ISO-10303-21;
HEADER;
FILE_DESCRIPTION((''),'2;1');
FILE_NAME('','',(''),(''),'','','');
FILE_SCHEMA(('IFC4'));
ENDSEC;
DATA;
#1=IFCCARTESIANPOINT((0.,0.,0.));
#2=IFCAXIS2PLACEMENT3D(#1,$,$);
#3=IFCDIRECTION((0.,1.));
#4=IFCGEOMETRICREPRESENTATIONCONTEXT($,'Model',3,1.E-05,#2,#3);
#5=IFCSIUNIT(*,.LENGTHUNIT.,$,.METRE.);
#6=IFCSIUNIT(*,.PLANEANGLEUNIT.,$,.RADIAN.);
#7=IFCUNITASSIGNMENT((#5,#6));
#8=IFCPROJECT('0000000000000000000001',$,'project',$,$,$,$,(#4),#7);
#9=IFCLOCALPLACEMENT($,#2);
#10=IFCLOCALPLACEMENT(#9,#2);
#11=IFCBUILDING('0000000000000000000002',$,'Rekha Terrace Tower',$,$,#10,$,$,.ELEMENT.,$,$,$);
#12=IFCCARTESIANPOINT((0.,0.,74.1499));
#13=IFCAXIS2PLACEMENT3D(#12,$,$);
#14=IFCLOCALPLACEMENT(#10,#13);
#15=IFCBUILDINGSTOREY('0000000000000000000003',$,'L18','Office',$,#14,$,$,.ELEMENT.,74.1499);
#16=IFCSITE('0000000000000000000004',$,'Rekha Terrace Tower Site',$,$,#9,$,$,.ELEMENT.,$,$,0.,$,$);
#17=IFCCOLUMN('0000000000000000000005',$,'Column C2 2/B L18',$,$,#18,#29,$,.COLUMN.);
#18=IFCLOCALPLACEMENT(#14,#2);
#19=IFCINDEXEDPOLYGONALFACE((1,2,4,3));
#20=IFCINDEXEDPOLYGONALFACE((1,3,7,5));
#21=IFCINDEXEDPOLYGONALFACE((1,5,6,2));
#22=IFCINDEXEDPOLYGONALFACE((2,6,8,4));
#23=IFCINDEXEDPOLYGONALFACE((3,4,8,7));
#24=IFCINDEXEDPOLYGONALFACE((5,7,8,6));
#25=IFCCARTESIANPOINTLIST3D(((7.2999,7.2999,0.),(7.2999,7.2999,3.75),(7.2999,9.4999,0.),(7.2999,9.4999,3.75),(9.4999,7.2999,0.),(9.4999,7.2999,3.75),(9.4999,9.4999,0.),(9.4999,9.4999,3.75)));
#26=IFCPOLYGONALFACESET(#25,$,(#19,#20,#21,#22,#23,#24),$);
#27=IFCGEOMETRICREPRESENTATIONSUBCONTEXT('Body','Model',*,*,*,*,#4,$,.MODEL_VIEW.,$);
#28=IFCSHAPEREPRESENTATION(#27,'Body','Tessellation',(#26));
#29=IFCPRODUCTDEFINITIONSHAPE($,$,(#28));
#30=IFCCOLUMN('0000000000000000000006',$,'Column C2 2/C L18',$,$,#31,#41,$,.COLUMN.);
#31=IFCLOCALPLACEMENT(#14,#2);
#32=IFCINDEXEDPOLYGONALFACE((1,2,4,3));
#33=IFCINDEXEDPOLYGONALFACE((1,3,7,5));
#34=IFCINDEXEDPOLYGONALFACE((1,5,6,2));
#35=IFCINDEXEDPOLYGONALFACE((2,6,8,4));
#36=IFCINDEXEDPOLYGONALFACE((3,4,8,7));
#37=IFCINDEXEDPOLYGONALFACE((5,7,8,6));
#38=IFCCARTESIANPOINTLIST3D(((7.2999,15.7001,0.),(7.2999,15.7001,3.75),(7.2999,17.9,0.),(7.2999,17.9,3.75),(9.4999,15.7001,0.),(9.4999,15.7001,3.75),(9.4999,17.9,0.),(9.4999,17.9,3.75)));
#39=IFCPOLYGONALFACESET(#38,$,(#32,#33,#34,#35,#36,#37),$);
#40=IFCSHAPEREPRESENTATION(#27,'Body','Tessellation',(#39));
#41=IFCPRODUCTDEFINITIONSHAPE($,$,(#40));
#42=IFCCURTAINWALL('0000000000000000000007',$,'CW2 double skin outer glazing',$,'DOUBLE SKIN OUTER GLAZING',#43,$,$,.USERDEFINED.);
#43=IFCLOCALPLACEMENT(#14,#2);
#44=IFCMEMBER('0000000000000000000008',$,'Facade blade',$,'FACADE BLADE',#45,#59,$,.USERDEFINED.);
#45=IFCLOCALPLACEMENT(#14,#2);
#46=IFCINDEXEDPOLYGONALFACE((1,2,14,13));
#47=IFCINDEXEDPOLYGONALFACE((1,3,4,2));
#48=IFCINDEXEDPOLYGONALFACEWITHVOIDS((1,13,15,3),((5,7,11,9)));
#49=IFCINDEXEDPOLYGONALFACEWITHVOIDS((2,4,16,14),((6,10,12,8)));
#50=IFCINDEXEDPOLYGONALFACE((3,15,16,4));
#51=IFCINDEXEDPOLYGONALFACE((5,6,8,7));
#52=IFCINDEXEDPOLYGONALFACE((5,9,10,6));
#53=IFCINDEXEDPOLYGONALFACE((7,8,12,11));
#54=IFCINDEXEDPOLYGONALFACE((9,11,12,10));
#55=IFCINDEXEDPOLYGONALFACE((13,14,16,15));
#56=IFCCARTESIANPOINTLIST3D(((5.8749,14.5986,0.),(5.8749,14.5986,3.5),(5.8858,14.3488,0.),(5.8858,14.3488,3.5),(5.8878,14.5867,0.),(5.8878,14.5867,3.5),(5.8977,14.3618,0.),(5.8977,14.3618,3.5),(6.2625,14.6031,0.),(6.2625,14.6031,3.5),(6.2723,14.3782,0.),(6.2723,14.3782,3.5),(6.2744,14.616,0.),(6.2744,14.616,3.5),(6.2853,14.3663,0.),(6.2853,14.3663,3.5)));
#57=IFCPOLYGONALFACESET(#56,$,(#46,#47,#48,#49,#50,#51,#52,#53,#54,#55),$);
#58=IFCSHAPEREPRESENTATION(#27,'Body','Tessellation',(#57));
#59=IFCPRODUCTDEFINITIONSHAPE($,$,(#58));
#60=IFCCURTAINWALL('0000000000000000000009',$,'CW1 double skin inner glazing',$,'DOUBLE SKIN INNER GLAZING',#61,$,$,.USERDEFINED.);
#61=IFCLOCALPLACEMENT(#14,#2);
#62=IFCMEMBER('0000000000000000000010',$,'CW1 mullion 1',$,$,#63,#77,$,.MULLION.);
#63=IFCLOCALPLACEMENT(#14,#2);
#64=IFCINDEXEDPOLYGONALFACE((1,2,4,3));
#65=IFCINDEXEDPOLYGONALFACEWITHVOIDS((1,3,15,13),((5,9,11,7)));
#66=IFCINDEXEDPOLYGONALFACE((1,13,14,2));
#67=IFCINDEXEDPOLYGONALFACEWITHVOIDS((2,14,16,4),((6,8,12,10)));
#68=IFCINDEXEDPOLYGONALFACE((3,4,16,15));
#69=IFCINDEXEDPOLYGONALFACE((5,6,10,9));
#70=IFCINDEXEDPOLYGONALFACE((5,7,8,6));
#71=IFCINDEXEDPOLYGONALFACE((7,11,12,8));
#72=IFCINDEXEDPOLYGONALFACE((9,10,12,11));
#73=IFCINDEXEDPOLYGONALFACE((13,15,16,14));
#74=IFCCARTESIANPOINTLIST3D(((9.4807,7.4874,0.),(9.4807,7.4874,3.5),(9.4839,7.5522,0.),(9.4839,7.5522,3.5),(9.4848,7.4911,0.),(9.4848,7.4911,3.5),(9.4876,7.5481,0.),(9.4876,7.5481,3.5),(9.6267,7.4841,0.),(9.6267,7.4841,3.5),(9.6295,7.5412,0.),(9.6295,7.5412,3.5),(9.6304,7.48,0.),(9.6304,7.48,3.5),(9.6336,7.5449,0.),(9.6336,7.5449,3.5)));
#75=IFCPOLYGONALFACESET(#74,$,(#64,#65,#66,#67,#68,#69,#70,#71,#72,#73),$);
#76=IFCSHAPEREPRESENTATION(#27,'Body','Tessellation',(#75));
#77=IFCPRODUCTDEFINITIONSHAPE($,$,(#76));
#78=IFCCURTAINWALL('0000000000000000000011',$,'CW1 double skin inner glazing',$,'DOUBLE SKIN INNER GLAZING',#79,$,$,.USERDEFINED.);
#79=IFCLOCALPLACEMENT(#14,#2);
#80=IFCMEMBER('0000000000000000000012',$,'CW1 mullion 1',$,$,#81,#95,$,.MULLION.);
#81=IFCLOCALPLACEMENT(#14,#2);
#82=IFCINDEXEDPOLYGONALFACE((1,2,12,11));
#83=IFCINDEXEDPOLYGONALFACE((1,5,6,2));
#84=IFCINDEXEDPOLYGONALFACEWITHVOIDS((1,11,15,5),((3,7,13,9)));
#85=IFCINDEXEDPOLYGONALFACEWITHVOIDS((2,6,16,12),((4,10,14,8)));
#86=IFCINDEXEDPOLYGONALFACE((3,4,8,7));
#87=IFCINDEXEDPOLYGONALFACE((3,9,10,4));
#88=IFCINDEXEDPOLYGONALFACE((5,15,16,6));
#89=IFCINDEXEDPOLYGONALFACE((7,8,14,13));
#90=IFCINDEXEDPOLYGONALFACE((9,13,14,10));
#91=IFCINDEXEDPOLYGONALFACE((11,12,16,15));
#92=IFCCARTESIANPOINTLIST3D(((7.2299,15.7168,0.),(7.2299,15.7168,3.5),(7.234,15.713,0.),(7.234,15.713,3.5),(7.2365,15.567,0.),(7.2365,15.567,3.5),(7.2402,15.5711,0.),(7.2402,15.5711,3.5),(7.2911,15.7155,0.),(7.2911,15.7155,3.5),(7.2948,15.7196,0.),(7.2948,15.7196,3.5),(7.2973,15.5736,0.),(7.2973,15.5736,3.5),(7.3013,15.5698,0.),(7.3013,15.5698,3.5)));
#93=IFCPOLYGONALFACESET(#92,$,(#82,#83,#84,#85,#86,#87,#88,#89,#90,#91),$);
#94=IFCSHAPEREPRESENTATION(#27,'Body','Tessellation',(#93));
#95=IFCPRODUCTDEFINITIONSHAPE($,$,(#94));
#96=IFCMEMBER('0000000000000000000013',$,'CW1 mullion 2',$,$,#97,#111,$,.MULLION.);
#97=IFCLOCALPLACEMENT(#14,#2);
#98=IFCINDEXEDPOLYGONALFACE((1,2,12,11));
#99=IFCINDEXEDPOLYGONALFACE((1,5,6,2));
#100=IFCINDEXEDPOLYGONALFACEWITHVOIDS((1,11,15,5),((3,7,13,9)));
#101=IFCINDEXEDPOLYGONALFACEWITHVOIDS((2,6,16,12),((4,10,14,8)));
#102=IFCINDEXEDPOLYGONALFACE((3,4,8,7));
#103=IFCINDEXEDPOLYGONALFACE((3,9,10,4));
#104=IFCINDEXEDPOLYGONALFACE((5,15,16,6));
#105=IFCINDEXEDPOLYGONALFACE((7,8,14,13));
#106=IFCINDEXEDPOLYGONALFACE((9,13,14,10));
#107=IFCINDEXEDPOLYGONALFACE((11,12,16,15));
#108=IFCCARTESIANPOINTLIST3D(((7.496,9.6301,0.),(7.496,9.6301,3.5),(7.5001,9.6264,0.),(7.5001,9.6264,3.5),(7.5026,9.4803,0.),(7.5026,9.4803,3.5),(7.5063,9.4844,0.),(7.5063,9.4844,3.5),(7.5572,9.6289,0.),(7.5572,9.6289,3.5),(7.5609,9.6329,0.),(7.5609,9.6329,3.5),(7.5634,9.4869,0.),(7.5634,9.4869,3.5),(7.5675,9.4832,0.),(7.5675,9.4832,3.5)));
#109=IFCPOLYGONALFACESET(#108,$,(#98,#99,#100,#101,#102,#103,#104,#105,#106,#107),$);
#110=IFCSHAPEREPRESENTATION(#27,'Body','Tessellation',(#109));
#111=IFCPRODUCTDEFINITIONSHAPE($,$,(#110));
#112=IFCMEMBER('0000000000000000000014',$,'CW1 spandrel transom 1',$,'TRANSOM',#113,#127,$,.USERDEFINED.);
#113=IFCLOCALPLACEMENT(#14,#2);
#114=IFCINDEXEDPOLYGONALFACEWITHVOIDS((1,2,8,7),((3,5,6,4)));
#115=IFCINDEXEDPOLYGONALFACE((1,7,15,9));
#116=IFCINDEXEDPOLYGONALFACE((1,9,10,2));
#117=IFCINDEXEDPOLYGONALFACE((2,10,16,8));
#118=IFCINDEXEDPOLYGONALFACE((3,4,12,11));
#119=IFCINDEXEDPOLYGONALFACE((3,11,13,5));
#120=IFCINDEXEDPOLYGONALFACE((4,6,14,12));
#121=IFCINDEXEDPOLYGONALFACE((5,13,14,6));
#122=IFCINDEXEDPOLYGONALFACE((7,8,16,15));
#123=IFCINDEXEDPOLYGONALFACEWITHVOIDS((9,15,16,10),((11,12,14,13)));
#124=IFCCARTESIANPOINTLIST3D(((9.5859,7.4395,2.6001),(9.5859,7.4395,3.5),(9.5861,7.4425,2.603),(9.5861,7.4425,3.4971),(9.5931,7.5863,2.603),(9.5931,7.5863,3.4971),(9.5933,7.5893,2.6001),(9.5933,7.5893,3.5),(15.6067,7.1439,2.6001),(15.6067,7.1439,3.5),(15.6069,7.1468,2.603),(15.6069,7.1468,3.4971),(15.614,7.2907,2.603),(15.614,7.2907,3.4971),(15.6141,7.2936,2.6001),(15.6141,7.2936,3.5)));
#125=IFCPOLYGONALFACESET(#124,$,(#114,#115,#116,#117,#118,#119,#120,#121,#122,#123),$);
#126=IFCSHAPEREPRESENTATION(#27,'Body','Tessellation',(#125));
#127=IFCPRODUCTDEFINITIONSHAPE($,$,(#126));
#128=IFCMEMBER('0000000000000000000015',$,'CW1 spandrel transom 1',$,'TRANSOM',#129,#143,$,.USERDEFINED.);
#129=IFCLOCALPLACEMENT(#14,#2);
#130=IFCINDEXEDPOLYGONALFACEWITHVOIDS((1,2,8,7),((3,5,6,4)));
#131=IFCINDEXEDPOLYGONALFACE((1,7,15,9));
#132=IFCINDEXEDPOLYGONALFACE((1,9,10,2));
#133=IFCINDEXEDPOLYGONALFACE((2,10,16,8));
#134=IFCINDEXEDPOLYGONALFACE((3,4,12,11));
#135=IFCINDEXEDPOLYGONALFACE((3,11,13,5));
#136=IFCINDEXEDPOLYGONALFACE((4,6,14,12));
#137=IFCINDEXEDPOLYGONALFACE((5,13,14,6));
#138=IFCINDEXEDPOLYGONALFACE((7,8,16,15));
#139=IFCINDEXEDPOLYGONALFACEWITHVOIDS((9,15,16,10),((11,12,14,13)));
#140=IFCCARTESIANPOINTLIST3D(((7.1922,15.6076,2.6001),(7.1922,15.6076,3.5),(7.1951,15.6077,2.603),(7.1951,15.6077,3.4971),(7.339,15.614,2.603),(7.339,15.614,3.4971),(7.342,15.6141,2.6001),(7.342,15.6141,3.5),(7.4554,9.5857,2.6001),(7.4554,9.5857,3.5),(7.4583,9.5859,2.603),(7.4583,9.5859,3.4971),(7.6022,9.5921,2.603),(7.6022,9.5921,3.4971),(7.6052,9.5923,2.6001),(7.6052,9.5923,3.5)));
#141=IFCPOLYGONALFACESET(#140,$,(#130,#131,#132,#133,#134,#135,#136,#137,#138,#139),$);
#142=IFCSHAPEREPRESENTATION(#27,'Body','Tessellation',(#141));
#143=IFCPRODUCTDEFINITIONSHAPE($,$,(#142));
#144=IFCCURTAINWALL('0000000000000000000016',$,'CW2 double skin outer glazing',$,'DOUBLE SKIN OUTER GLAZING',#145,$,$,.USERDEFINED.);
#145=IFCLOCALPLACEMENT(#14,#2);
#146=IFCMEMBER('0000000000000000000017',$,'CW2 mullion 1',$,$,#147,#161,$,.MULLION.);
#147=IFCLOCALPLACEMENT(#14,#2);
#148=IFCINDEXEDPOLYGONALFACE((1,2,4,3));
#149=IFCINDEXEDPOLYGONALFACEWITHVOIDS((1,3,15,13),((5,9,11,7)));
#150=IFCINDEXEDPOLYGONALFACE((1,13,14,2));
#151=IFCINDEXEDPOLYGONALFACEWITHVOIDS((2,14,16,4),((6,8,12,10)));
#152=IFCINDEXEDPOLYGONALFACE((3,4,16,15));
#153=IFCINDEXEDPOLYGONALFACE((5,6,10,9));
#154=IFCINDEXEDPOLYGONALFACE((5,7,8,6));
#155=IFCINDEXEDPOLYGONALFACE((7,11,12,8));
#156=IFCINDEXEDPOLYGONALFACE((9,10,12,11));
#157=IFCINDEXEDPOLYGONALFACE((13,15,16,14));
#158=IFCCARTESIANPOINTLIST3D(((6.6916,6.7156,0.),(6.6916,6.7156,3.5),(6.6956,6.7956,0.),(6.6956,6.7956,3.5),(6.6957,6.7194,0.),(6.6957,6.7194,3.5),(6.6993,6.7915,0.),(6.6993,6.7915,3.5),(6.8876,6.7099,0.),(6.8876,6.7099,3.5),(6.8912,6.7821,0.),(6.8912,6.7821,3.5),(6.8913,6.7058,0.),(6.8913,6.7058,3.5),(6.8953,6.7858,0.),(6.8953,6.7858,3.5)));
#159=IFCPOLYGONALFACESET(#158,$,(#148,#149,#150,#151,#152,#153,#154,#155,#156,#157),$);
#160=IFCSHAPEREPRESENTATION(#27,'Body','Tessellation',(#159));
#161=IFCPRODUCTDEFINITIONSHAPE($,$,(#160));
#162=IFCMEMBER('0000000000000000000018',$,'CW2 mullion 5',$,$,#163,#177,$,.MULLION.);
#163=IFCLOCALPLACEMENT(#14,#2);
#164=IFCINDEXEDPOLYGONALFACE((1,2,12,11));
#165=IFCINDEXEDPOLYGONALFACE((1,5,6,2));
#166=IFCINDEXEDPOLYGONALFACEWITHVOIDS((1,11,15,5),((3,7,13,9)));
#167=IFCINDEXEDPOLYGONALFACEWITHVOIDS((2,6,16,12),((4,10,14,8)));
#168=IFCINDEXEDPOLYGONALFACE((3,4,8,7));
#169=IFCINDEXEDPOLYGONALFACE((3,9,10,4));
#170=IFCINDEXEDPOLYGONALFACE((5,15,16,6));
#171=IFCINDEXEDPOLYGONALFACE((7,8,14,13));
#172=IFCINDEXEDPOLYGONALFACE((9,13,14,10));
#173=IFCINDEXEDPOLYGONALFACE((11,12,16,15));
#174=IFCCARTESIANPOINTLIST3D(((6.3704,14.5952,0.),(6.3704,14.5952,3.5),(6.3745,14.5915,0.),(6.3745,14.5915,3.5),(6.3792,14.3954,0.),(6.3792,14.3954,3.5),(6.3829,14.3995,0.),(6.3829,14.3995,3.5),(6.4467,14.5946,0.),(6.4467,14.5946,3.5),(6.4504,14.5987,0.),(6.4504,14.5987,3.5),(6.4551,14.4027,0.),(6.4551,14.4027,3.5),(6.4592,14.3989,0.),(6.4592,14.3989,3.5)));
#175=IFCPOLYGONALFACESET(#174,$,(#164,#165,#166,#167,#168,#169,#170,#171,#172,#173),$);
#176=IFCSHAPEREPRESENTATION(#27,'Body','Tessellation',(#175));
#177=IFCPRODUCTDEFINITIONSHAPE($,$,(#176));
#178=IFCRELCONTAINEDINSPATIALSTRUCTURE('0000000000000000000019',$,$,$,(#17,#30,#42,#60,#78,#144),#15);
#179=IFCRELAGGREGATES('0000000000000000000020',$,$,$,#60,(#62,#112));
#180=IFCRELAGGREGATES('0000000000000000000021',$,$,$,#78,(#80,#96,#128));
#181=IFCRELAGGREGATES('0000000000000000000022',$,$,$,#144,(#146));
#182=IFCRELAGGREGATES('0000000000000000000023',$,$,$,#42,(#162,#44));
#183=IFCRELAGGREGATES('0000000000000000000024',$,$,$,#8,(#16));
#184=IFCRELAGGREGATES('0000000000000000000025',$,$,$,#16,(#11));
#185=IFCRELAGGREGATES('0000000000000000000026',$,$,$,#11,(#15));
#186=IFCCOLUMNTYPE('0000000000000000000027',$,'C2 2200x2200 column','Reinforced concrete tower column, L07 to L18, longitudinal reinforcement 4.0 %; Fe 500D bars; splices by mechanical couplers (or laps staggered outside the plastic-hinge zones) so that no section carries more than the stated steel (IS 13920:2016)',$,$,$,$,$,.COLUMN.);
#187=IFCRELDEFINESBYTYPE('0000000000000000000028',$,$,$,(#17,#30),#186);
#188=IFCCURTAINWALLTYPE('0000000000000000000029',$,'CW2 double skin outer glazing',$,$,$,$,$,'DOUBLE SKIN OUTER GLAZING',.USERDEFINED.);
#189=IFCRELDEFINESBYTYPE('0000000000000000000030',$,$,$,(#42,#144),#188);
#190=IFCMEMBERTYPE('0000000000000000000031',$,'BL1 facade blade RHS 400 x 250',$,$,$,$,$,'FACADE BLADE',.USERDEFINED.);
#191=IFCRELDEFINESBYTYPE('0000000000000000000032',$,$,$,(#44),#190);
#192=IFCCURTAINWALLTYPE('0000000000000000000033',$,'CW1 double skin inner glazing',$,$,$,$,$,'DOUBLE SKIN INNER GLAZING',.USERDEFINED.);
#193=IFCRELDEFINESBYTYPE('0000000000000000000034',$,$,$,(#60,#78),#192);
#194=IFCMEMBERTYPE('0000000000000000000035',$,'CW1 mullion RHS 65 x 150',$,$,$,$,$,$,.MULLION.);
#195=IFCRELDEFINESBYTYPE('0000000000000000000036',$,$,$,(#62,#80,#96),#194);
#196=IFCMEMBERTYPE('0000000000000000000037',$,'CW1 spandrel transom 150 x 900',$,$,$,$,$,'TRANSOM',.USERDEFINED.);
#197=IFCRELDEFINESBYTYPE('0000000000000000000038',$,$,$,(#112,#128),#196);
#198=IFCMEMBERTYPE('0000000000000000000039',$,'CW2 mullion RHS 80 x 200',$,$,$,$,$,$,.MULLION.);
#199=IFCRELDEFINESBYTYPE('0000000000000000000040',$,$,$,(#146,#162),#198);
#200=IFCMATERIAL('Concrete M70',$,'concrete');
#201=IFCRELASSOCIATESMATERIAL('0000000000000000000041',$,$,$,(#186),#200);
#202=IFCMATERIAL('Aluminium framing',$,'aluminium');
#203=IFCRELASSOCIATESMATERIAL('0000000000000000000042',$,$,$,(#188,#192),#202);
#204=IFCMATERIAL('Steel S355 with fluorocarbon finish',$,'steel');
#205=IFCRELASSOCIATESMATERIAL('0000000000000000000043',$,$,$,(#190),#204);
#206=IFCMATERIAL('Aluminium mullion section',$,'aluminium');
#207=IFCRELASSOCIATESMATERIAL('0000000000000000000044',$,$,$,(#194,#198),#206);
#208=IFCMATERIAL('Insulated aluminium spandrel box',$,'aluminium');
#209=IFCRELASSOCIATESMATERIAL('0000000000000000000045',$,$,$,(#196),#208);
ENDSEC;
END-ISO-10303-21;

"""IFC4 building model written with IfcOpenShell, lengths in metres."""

from ifc_helpers import new_model, si_unit, direction, frame, origin, origin_2d, place, context, subcontext, project, spatial, rectangle, hollow_rectangle, extrude, material, material_profile, profile_set, type_object, element, aggregate, save


model = new_model("IFC4")

# Units and contexts
model_context = context("Model", 3, precision=1e-05, world=origin(), true_north=direction((0.0, 1.0)))
body_context = subcontext(model_context, "Body", "Model", "MODEL_VIEW")
ifc_project = project(units=[si_unit("LENGTHUNIT", "METRE"), si_unit("PLANEANGLEUNIT", "RADIAN")], contexts=[model_context])

# Site, building, storey
site_placement = place(None, origin())
site = spatial("IfcSite", under=ifc_project, at=site_placement, Name="Rekha Terrace Tower Site", CompositionType="ELEMENT", RefElevation=0.0)
building_placement = place(site_placement, origin())
building = spatial("IfcBuilding", under=site, at=building_placement, Name="Rekha Terrace Tower", CompositionType="ELEMENT")
storey_placement = place(building_placement, frame((0.0, 0.0, 74.1499)))
storey = spatial("IfcBuildingStorey", under=building, at=storey_placement, Name="L18", Description="Office", CompositionType="ELEMENT", Elevation=74.1499)

# Columns
ifc_material_1 = material(Name="Concrete M70", Category="concrete")
ifc_material_profile_1 = material_profile(ifc_material_1, rectangle(XDim=2.2, YDim=2.2, at=origin_2d()), Name="RC 2200x2200")
ifc_profile_set_1 = profile_set([ifc_material_profile_1], Name="Concrete M70")
column_type = type_object("IfcColumnType", Name="C2 2200x2200 column", Description="Reinforced concrete tower column, L07 to L18, longitudinal reinforcement 4.0 %; Fe 500D bars; splices by mechanical couplers (or laps staggered outside the plastic-hinge zones) so that no section carries more than the stated steel (IS 13920:2016)", PredefinedType="COLUMN", material=ifc_profile_set_1)
for number, where, z_axis, x_axis, name in (
    (1, (8.3999, 8.3999, 0.0), (0.0, 0.0, 1.0), (1.0, 0.0, 0.0), "Column C2 2/B L18"),
    (2, (8.3999, 16.8, 0.0), (0.0, 0.0, 1.0), (1.0, 0.0, 0.0), "Column C2 2/C L18"),
):
    element("IfcColumn", number, at=place(storey_placement, frame(where, z_axis=z_axis, x_axis=x_axis)), inside=storey, type_object=column_type, Name=name, PredefinedType="COLUMN", context=body_context, shape_type="SweptSolid", body=[
        extrude(rectangle(XDim=2.2, YDim=2.2, at=origin_2d()), origin(), (0.0, 0.0, 1.0), 3.75),
    ])

# Curtain walls, members
ifc_material_2 = material(Name="Aluminium framing", Category="aluminium")
curtain_wall_type_1 = type_object("IfcCurtainWallType", Name="CW2 double skin outer glazing", ElementType="DOUBLE SKIN OUTER GLAZING", PredefinedType="USERDEFINED", material=ifc_material_2)
curtain_wall_1_placement = place(storey_placement, origin())
curtain_wall_1 = element("IfcCurtainWall", 3, at=curtain_wall_1_placement, inside=storey, type_object=curtain_wall_type_1, Name="CW2 double skin outer glazing", ObjectType="DOUBLE SKIN OUTER GLAZING", PredefinedType="USERDEFINED")
ifc_material_3 = material(Name="Steel S355 with fluorocarbon finish", Category="steel")
ifc_material_profile_2 = material_profile(ifc_material_3, hollow_rectangle(XDim=0.25, YDim=0.3999, WallThickness=0.0125, at=origin_2d()), Name="RHS400x250x12.5")
ifc_profile_set_2 = profile_set([ifc_material_profile_2], Name="Steel S355 with fluorocarbon finish")
member_type_1 = type_object("IfcMemberType", Name="BL1 facade blade RHS 400 x 250", ElementType="FACADE BLADE", PredefinedType="USERDEFINED", material=ifc_profile_set_2)
member_1_placement = place(storey_placement, frame((6.0801, 14.4824, 0.0), z_axis=(0.0, 0.0, 1.0), x_axis=(0.043682, -0.999045, 0.0)))
member_1 = element("IfcMember", 4, at=member_1_placement, type_object=member_type_1, Name="Facade blade", ObjectType="FACADE BLADE", PredefinedType="USERDEFINED", context=body_context, shape_type="SweptSolid", body=[
    extrude(hollow_rectangle(XDim=0.25, YDim=0.3999, WallThickness=0.0125, at=origin_2d()), origin(), (0.0, 0.0, 1.0), 3.5),
])
curtain_wall_type_2 = type_object("IfcCurtainWallType", Name="CW1 double skin inner glazing", ElementType="DOUBLE SKIN INNER GLAZING", PredefinedType="USERDEFINED", material=ifc_material_2)
curtain_wall_2_placement = place(storey_placement, origin())
curtain_wall_2 = element("IfcCurtainWall", 5, at=curtain_wall_2_placement, inside=storey, type_object=curtain_wall_type_2, Name="CW1 double skin inner glazing", ObjectType="DOUBLE SKIN INNER GLAZING", PredefinedType="USERDEFINED")
ifc_material_4 = material(Name="Aluminium mullion section", Category="aluminium")
ifc_material_profile_3 = material_profile(ifc_material_4, hollow_rectangle(XDim=0.0649, YDim=0.1499, WallThickness=0.0039, at=origin_2d()), Name="AL RHS 65x150")
ifc_profile_set_3 = profile_set([ifc_material_profile_3], Name="Aluminium mullion section")
member_type_2 = type_object("IfcMemberType", Name="CW1 mullion RHS 65 x 150", PredefinedType="MULLION", material=ifc_profile_set_3)
member_2_placement = place(storey_placement, frame((9.5571, 7.5161, 0.0), z_axis=(0.0, 0.0, 1.0), x_axis=(0.049052, 0.998796, 0.0)))
member_2 = element("IfcMember", 6, at=member_2_placement, type_object=member_type_2, Name="CW1 mullion 1", PredefinedType="MULLION", context=body_context, shape_type="SweptSolid", body=[
    extrude(hollow_rectangle(XDim=0.0649, YDim=0.1499, WallThickness=0.0039, at=origin_2d()), origin(), (0.0, 0.0, 1.0), 3.5),
])

# Curtain wall, members
curtain_wall_3_placement = place(storey_placement, origin())
curtain_wall_3 = element("IfcCurtainWall", 7, at=curtain_wall_3_placement, inside=storey, type_object=curtain_wall_type_2, Name="CW1 double skin inner glazing", ObjectType="DOUBLE SKIN INNER GLAZING", PredefinedType="USERDEFINED")
member_3_placement = place(storey_placement, frame((7.2656, 15.6433, 0.0), z_axis=(0.0, 0.0, 1.0), x_axis=(0.999045, 0.043683, 0.0)))
member_3 = element("IfcMember", 8, at=member_3_placement, type_object=member_type_2, Name="CW1 mullion 1", PredefinedType="MULLION", context=body_context, shape_type="SweptSolid", body=[
    extrude(hollow_rectangle(XDim=0.0649, YDim=0.1499, WallThickness=0.0039, at=origin_2d()), origin(), (0.0, 0.0, 1.0), 3.5),
])
member_4_placement = place(storey_placement, frame((7.5317, 9.5566, 0.0), z_axis=(0.0, 0.0, 1.0), x_axis=(0.999045, 0.043683, 0.0)))
member_4 = element("IfcMember", 9, at=member_4_placement, type_object=member_type_2, Name="CW1 mullion 2", PredefinedType="MULLION", context=body_context, shape_type="SweptSolid", body=[
    extrude(hollow_rectangle(XDim=0.0649, YDim=0.1499, WallThickness=0.0039, at=origin_2d()), origin(), (0.0, 0.0, 1.0), 3.5),
])

# Members
ifc_material_5 = material(Name="Insulated aluminium spandrel box", Category="aluminium")
ifc_material_profile_4 = material_profile(ifc_material_5, hollow_rectangle(XDim=0.1499, YDim=0.8999, WallThickness=0.0029, at=origin_2d()), Name="AL SPANDREL BOX 150x900")
ifc_profile_set_4 = profile_set([ifc_material_profile_4], Name="Insulated aluminium spandrel box")
member_type_3 = type_object("IfcMemberType", Name="CW1 spandrel transom 150 x 900", ElementType="TRANSOM", PredefinedType="USERDEFINED", material=ifc_profile_set_4)
member_5_placement = place(storey_placement, frame((9.5896, 7.5144, 3.05), z_axis=(0.998796, -0.049047, 0.0), x_axis=(0.049047, 0.998796, 0.0)))
member_5 = element("IfcMember", 10, at=member_5_placement, type_object=member_type_3, Name="CW1 spandrel transom 1", ObjectType="TRANSOM", PredefinedType="USERDEFINED", context=body_context, shape_type="SweptSolid", body=[
    extrude(hollow_rectangle(XDim=0.1499, YDim=0.8999, WallThickness=0.0029, at=origin_2d()), origin(), (0.0, 0.0, 1.0), 6.0281),
])
member_6_placement = place(storey_placement, frame((7.2671, 15.6108, 3.05), z_axis=(0.043664, -0.999046, 0.0), x_axis=(0.999046, 0.043664, 0.0)))
member_6 = element("IfcMember", 11, at=member_6_placement, type_object=member_type_3, Name="CW1 spandrel transom 1", ObjectType="TRANSOM", PredefinedType="USERDEFINED", context=body_context, shape_type="SweptSolid", body=[
    extrude(hollow_rectangle(XDim=0.1499, YDim=0.8999, WallThickness=0.0029, at=origin_2d()), origin(), (0.0, 0.0, 1.0), 6.0276),
])

# Curtain wall, member
curtain_wall_4_placement = place(storey_placement, origin())
curtain_wall_4 = element("IfcCurtainWall", 12, at=curtain_wall_4_placement, inside=storey, type_object=curtain_wall_type_1, Name="CW2 double skin outer glazing", ObjectType="DOUBLE SKIN OUTER GLAZING", PredefinedType="USERDEFINED")
ifc_material_profile_5 = material_profile(ifc_material_4, hollow_rectangle(XDim=0.0801, YDim=0.2, WallThickness=0.0039, at=origin_2d()), Name="AL RHS 80x200")
ifc_profile_set_5 = profile_set([ifc_material_profile_5], Name="Aluminium mullion section")
member_type_4 = type_object("IfcMemberType", Name="CW2 mullion RHS 80 x 200", PredefinedType="MULLION", material=ifc_profile_set_5)
member_7_placement = place(storey_placement, frame((6.7935, 6.7507, 0.0), z_axis=(0.0, 0.0, 1.0), x_axis=(0.049052, 0.998796, 0.0)))
member_7 = element("IfcMember", 13, at=member_7_placement, type_object=member_type_4, Name="CW2 mullion 1", PredefinedType="MULLION", context=body_context, shape_type="SweptSolid", body=[
    extrude(hollow_rectangle(XDim=0.0801, YDim=0.2, WallThickness=0.0039, at=origin_2d()), origin(), (0.0, 0.0, 1.0), 3.5),
])

# Member
member_8_placement = place(storey_placement, frame((6.4148, 14.4971, 0.0), z_axis=(0.0, 0.0, 1.0), x_axis=(0.999045, 0.043683, 0.0)))
member_8 = element("IfcMember", 14, at=member_8_placement, type_object=member_type_4, Name="CW2 mullion 5", PredefinedType="MULLION", context=body_context, shape_type="SweptSolid", body=[
    extrude(hollow_rectangle(XDim=0.0801, YDim=0.2, WallThickness=0.0039, at=origin_2d()), origin(), (0.0, 0.0, 1.0), 3.5),
])

aggregate(curtain_wall_2, [member_2, member_5])
aggregate(curtain_wall_3, [member_3, member_4, member_6])
aggregate(curtain_wall_4, [member_7])
aggregate(curtain_wall_1, [member_8, member_1])

save(model, "model.ifc")
